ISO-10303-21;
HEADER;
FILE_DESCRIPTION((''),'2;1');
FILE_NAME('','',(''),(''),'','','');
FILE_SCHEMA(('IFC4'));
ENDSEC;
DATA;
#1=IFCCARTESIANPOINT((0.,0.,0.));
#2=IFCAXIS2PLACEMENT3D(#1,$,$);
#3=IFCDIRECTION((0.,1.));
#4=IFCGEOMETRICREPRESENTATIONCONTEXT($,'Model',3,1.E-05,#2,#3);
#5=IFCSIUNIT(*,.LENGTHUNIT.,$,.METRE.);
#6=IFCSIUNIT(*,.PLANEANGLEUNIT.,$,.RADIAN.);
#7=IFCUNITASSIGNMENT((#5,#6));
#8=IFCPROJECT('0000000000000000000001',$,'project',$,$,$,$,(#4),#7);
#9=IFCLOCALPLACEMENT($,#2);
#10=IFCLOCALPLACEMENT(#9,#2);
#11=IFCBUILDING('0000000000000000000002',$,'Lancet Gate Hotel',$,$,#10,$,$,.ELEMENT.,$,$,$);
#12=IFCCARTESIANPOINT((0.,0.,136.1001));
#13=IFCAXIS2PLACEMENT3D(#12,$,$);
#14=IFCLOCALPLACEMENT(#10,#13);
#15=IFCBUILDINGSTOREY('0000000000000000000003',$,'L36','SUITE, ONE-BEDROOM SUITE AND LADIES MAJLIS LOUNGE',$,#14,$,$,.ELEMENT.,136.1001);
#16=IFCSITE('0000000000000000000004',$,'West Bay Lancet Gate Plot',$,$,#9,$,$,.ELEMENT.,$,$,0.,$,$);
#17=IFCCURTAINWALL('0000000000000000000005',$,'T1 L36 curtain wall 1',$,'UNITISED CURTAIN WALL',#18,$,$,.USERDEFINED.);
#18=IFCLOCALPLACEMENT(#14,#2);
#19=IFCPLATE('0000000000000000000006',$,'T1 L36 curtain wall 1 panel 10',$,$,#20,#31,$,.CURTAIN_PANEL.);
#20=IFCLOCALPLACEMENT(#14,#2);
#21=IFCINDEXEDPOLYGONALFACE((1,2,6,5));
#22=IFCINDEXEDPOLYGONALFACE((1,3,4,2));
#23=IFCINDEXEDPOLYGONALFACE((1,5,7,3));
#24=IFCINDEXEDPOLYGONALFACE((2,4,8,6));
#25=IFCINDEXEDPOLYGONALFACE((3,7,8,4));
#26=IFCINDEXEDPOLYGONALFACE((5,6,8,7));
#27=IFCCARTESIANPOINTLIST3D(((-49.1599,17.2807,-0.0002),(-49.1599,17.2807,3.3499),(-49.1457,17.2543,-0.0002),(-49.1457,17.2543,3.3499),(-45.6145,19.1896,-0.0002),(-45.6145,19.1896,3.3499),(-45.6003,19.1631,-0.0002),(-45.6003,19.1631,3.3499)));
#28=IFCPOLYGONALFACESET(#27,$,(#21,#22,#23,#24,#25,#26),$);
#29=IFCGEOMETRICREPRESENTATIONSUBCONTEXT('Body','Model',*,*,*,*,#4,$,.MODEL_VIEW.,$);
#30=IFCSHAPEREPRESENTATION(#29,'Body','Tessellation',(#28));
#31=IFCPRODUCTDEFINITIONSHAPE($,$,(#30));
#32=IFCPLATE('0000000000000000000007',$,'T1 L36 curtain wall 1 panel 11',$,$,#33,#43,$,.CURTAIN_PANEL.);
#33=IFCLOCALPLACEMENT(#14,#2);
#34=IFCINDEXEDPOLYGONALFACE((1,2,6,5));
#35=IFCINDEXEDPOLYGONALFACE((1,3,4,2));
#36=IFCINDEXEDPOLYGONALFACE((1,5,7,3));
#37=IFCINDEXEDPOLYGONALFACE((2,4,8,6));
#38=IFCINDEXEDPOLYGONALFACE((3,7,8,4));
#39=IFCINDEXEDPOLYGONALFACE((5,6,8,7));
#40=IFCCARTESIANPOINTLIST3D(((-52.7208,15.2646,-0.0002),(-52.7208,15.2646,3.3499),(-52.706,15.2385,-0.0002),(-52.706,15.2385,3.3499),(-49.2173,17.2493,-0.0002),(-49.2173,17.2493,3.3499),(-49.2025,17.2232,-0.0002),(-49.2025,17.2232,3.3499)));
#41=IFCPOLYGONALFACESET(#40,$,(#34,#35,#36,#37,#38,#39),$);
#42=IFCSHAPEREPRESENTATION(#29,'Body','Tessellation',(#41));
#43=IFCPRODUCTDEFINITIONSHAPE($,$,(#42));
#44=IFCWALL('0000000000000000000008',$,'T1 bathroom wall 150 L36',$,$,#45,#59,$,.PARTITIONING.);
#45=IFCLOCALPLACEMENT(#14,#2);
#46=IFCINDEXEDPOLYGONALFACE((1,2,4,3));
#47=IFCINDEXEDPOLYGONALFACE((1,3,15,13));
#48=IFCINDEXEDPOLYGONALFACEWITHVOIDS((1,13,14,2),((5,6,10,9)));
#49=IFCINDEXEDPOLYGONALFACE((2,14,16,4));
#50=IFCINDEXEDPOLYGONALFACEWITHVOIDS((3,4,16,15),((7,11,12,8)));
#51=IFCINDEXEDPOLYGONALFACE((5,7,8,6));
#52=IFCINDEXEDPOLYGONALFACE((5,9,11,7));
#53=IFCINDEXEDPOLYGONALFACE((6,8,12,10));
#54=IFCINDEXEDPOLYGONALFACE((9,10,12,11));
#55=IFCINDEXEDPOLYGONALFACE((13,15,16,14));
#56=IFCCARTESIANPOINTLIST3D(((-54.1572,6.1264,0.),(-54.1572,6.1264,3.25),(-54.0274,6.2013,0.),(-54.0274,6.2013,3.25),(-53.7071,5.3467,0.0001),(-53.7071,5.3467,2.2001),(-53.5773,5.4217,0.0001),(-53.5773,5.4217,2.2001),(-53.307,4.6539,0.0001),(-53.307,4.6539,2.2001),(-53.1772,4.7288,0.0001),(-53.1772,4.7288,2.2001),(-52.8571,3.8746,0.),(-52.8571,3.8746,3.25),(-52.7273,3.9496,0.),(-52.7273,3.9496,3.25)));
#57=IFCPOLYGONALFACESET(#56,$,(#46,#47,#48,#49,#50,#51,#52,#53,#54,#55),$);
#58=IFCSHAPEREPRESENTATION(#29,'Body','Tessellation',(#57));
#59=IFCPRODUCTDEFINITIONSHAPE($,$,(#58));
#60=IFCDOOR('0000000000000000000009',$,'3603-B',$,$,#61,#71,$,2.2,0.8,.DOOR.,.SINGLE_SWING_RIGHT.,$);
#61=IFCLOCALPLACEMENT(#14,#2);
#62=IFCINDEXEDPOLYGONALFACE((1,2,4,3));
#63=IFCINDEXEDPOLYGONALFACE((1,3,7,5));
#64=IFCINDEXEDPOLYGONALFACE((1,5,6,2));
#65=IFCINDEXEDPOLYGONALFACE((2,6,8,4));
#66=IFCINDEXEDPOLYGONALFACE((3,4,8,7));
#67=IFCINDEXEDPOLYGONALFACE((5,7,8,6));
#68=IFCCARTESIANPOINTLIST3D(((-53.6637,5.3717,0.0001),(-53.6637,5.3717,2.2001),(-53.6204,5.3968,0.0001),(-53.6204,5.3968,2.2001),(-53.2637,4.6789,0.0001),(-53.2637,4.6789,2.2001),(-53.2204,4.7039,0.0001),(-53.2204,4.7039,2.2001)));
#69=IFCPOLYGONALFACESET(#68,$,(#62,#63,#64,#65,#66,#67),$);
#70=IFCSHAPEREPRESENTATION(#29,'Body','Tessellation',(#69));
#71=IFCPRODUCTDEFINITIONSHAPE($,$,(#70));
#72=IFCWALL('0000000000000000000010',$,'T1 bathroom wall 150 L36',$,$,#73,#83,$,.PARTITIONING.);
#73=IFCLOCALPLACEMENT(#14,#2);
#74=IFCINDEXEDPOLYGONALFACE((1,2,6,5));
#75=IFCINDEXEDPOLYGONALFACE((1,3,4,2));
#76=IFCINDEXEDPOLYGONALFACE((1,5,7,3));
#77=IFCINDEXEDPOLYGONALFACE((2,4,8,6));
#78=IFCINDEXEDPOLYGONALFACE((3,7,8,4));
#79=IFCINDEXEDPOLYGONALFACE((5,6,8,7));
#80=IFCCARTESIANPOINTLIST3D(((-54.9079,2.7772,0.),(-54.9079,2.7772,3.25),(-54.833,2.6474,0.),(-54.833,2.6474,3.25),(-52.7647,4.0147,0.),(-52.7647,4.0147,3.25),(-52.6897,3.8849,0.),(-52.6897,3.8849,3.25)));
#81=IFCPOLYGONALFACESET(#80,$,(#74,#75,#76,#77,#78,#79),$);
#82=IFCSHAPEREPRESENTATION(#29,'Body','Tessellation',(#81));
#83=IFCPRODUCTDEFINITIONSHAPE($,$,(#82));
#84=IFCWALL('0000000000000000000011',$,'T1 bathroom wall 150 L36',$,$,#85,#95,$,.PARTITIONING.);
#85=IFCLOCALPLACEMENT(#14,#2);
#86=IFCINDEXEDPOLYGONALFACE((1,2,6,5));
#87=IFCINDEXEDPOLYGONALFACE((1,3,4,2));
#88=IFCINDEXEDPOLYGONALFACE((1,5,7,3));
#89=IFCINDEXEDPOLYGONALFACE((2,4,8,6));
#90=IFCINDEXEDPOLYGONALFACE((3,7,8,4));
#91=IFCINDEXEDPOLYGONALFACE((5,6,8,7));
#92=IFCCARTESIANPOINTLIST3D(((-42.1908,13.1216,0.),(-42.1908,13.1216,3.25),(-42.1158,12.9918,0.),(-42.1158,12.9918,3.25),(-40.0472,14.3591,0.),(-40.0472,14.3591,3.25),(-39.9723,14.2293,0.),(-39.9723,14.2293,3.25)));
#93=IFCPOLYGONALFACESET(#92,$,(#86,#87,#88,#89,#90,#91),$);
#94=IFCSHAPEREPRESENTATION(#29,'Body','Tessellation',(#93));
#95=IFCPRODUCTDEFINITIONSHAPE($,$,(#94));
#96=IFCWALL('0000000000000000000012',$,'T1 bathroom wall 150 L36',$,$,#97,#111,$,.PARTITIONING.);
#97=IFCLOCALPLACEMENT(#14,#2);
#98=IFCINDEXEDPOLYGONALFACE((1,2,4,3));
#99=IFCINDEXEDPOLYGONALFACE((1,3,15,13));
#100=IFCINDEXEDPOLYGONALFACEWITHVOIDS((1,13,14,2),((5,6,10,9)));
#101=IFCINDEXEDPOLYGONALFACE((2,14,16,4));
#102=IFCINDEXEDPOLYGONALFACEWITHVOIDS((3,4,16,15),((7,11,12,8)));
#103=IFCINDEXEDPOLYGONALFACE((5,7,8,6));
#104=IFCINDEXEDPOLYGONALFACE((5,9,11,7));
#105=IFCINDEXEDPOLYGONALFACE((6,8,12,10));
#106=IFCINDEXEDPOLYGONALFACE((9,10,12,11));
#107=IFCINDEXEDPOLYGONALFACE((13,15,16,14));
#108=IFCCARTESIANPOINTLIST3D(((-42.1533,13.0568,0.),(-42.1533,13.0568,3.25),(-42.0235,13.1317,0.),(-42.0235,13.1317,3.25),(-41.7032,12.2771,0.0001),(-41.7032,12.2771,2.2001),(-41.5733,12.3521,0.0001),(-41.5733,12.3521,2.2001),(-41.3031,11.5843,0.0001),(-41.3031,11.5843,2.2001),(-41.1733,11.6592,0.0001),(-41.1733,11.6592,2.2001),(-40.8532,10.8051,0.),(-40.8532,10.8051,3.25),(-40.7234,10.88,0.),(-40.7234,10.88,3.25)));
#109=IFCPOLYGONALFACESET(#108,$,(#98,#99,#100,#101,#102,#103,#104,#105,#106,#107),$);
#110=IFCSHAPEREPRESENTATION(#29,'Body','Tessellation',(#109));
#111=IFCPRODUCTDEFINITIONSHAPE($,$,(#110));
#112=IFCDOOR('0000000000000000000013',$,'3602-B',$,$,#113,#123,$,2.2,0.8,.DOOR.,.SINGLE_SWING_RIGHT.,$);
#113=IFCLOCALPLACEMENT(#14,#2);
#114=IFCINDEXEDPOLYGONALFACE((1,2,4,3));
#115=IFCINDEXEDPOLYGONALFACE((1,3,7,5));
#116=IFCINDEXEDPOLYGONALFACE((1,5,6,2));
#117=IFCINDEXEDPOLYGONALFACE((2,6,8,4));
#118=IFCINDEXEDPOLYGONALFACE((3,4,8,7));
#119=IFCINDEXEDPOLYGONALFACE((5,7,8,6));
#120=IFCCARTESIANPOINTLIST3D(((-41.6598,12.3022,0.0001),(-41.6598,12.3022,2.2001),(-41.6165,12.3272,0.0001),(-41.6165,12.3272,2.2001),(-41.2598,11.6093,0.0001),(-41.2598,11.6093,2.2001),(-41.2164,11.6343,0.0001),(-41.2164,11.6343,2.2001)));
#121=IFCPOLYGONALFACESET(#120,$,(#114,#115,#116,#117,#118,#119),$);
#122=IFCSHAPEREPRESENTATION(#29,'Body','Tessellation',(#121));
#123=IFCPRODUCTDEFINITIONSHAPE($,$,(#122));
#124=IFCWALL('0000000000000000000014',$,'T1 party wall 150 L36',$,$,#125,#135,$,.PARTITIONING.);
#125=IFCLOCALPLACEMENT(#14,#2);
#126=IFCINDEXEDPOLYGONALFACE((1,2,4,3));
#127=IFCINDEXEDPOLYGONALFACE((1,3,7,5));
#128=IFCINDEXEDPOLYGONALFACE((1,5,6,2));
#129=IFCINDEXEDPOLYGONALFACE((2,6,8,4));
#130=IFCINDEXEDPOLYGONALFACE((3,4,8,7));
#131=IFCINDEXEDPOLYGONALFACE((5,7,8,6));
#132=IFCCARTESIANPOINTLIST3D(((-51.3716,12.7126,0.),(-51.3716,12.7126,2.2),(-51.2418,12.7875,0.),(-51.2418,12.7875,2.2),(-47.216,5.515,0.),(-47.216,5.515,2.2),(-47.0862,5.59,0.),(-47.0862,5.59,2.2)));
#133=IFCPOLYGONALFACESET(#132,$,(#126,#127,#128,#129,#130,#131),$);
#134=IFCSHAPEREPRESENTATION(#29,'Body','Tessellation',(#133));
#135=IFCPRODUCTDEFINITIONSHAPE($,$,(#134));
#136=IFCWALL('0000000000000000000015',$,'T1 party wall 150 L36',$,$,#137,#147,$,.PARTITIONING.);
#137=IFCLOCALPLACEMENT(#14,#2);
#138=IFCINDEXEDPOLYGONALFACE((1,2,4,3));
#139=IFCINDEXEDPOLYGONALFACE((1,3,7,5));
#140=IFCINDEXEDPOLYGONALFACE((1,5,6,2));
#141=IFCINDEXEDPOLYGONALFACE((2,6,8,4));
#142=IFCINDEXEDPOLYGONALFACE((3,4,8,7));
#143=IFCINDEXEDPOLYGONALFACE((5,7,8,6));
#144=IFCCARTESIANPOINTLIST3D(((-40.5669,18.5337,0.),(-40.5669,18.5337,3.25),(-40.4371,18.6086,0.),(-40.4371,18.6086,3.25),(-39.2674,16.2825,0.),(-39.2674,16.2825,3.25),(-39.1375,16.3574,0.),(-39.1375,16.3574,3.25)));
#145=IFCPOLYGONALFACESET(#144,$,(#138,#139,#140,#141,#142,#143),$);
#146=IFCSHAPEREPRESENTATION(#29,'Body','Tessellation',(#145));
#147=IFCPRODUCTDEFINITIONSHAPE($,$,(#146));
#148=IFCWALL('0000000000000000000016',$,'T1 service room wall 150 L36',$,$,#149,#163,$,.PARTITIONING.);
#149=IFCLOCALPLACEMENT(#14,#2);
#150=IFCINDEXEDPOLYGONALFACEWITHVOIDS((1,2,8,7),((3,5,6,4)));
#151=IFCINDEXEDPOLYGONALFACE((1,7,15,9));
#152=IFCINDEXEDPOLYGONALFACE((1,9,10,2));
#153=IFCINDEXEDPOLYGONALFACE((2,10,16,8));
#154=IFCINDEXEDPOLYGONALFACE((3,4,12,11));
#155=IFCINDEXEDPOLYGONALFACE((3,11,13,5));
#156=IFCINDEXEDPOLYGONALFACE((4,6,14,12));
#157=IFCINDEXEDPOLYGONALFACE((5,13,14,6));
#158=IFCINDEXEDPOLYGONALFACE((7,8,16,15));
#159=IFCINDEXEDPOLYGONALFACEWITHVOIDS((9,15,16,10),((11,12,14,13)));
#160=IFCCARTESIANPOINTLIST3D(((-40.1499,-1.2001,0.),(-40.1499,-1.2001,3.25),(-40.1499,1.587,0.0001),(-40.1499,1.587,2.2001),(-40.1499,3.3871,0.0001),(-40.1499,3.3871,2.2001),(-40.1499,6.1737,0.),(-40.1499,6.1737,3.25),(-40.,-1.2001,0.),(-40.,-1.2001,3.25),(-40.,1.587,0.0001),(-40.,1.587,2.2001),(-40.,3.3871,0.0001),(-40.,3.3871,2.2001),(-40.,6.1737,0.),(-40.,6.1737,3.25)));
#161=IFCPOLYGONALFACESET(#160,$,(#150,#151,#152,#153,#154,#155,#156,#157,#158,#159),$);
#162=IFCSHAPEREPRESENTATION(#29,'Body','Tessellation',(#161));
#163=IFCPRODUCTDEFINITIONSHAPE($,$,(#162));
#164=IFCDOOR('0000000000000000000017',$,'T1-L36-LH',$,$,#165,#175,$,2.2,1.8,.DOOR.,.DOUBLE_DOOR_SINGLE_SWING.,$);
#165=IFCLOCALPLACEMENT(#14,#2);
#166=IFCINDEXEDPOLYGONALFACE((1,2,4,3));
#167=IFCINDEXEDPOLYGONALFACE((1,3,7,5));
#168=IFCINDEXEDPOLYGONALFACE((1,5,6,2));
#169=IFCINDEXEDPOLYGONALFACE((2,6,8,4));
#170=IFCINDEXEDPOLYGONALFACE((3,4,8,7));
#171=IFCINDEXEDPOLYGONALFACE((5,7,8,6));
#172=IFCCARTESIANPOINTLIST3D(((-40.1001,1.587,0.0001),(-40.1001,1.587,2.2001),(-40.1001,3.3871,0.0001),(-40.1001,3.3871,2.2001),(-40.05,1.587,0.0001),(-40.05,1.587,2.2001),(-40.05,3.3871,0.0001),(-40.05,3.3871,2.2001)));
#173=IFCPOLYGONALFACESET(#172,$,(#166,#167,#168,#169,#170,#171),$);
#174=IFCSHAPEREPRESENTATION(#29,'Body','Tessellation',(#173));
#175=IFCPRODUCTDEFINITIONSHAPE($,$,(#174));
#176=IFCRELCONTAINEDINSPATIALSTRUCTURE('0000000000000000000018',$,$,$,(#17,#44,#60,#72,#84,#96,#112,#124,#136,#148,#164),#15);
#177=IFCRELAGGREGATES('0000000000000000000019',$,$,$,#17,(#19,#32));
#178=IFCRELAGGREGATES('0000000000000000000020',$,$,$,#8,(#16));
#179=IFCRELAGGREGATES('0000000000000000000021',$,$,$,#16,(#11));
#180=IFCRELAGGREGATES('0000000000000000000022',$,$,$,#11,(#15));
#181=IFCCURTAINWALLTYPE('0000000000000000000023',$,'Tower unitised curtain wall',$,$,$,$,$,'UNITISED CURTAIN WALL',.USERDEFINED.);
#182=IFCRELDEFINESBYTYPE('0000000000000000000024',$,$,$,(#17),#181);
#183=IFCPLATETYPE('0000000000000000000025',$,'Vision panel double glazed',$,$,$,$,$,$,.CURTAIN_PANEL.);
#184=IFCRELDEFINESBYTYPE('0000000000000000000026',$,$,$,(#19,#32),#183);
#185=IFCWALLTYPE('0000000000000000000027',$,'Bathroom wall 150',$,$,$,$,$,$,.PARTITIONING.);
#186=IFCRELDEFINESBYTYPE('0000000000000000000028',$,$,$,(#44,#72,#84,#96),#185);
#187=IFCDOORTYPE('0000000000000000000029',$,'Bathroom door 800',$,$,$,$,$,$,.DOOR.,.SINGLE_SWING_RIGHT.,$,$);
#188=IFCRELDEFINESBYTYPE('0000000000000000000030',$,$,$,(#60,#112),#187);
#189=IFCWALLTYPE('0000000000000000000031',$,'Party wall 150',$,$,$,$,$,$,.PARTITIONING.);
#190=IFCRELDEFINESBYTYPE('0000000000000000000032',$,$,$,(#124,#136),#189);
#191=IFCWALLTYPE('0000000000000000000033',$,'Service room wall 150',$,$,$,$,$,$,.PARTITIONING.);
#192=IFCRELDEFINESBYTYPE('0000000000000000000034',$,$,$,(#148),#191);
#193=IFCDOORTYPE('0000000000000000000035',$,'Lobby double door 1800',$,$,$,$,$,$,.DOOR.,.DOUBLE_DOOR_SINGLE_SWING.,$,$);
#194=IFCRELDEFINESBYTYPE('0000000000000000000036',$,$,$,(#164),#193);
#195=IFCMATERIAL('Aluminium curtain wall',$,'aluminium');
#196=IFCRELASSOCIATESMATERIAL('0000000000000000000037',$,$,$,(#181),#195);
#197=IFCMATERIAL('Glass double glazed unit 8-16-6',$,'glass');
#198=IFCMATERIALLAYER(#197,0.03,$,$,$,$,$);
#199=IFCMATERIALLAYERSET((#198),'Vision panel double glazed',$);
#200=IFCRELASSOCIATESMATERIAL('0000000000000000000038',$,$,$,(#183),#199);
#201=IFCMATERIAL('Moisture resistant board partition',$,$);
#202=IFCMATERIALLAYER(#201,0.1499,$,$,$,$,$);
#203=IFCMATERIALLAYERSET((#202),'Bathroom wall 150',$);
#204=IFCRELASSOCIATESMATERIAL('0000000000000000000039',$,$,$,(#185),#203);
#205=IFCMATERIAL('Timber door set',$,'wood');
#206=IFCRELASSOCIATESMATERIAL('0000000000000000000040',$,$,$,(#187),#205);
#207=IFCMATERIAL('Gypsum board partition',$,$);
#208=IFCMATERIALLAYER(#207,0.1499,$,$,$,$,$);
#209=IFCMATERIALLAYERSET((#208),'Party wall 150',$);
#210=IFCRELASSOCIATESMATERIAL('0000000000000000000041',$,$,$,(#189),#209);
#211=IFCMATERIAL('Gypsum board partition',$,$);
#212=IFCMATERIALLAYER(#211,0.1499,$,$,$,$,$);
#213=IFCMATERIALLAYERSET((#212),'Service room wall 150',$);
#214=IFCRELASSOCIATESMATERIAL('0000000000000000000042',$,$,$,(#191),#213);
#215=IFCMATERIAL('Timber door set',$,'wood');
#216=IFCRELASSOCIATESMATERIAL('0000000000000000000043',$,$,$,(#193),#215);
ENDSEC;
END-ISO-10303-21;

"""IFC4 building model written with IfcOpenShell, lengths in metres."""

from ifc_helpers import new_model, si_unit, direction, frame, frame_2d, origin, origin_2d, place, context, subcontext, project, spatial, rectangle, extrude, material, layer, layer_set, type_object, element, fill, aggregate, save


model = new_model("IFC4")

# Units and contexts
model_context = context("Model", 3, precision=1e-05, world=origin(), true_north=direction((0.0, 1.0)))
body_context = subcontext(model_context, "Body", "Model", "MODEL_VIEW")
ifc_project = project(units=[si_unit("LENGTHUNIT", "METRE"), si_unit("PLANEANGLEUNIT", "RADIAN")], contexts=[model_context])

# Site, building, storey
site_placement = place(None, origin())
site = spatial("IfcSite", under=ifc_project, at=site_placement, Name="West Bay Lancet Gate Plot", CompositionType="ELEMENT", RefElevation=0.0)
building_placement = place(site_placement, origin())
building = spatial("IfcBuilding", under=site, at=building_placement, Name="Lancet Gate Hotel", CompositionType="ELEMENT")
storey_placement = place(building_placement, frame((0.0, 0.0, 136.1001)))
storey = spatial("IfcBuildingStorey", under=building, at=storey_placement, Name="L36", Description="SUITE, ONE-BEDROOM SUITE AND LADIES MAJLIS LOUNGE", CompositionType="ELEMENT", Elevation=136.1001)

# Curtain wall
ifc_material_1 = material(Name="Aluminium curtain wall", Category="aluminium")
curtain_wall_type = type_object("IfcCurtainWallType", Name="Tower unitised curtain wall", ElementType="UNITISED CURTAIN WALL", PredefinedType="USERDEFINED", material=ifc_material_1)
curtain_wall_placement = place(storey_placement, origin())
curtain_wall = element("IfcCurtainWall", 1, at=curtain_wall_placement, inside=storey, type_object=curtain_wall_type, Name="T1 L36 curtain wall 1", ObjectType="UNITISED CURTAIN WALL", PredefinedType="USERDEFINED")

# Plates
ifc_material_2 = material(Name="Glass double glazed unit 8-16-6", Category="glass")
ifc_layer_1 = layer(ifc_material_2, 0.03)
ifc_layer_set_1 = layer_set([ifc_layer_1], Name="Vision panel double glazed")
plate_type = type_object("IfcPlateType", Name="Vision panel double glazed", PredefinedType="CURTAIN_PANEL", material=ifc_layer_set_1)
plate_1_placement = place(storey_placement, frame((-47.3801, 18.2219, -0.0002), z_axis=(0.0, 0.0, 1.0), x_axis=(-0.880493, -0.47406, 0.0)))
plate_1 = element("IfcPlate", 2, at=plate_1_placement, type_object=plate_type, Name="T1 L36 curtain wall 1 panel 10", PredefinedType="CURTAIN_PANEL", context=body_context, shape_type="SweptSolid", body=[
    extrude(rectangle(XDim=4.0266, YDim=0.03, at=origin_2d()), origin(), (0.0, 0.0, 1.0), 3.3501),
])
plate_2_placement = place(storey_placement, frame((-50.9617, 16.2439, -0.0002), z_axis=(0.0, 0.0, 1.0), x_axis=(-0.870084, -0.492904, 0.0)))
plate_2 = element("IfcPlate", 3, at=plate_2_placement, type_object=plate_type, Name="T1 L36 curtain wall 1 panel 11", PredefinedType="CURTAIN_PANEL", context=body_context, shape_type="SweptSolid", body=[
    extrude(rectangle(XDim=4.0266, YDim=0.03, at=origin_2d()), origin(), (0.0, 0.0, 1.0), 3.3501),
])
aggregate(curtain_wall, [plate_1, plate_2])

# Wall, opening, door
ifc_material_3 = material(Name="Moisture resistant board partition")
ifc_layer_2 = layer(ifc_material_3, 0.1499)
ifc_layer_set_2 = layer_set([ifc_layer_2], Name="Bathroom wall 150")
wall_type_1 = type_object("IfcWallType", Name="Bathroom wall 150", PredefinedType="PARTITIONING", material=ifc_layer_set_2)
wall_1_placement = place(storey_placement, frame((-52.7922, 3.9121, 0.0), z_axis=(0.0, 0.0, 1.0), x_axis=(-0.500007, 0.866021, 0.0)))
wall_1 = element("IfcWall", 4, at=wall_1_placement, inside=storey, type_object=wall_type_1, Name="T1 bathroom wall 150 L36", PredefinedType="PARTITIONING", context=body_context, shape_type="SweptSolid", body=[
    extrude(rectangle(XDim=2.6001, YDim=0.1499, at=frame_2d((1.3, 0.0))), origin(), (0.0, 0.0, 1.0), 3.25),
])
opening_1_placement = place(wall_1_placement, frame((0.8999, 0.0, 0.0)))
opening_1 = element("IfcOpeningElement", 5, at=opening_1_placement, cuts=wall_1, PredefinedType="OPENING", context=body_context, shape_type="SweptSolid", body=[
    extrude(rectangle(XDim=0.8, YDim=2.2, at=frame_2d((0.3999, 1.1001))), frame((0.0, 0.085, 0.0), z_axis=(0.0, -1.0, 0.0), x_axis=(1.0, 0.0, 0.0)), (0.0, 0.0, 1.0), 0.1699),
])
ifc_material_4 = material(Name="Timber door set", Category="wood")
door_type_1 = type_object("IfcDoorType", Name="Bathroom door 800", OperationType="SINGLE_SWING_RIGHT", PredefinedType="DOOR", material=ifc_material_4)
door_1_placement = place(opening_1_placement, origin())
door_1 = element("IfcDoor", 6, at=door_1_placement, inside=storey, type_object=door_type_1, Name="3603-B", OperationType="SINGLE_SWING_RIGHT", OverallHeight=2.2, OverallWidth=0.8, PredefinedType="DOOR", context=body_context, shape_type="SweptSolid", body=[
    extrude(rectangle(XDim=0.8, YDim=2.2, at=frame_2d((0.3999, 1.1001))), frame((0.0, 0.0249, 0.0), z_axis=(0.0, -1.0, 0.0), x_axis=(1.0, 0.0, 0.0)), (0.0, 0.0, 1.0), 0.05),
])
fill(opening_1, door_1)

# Walls
wall_2_placement = place(storey_placement, frame((-52.7273, 3.9497, 0.0), z_axis=(0.0, 0.0, 1.0), x_axis=(-0.866007, -0.500033, 0.0)))
element("IfcWall", 7, at=wall_2_placement, inside=storey, type_object=wall_type_1, Name="T1 bathroom wall 150 L36", PredefinedType="PARTITIONING", context=body_context, shape_type="SweptSolid", body=[
    extrude(rectangle(XDim=2.4749, YDim=0.1499, at=frame_2d((1.2373, 0.0))), origin(), (0.0, 0.0, 1.0), 3.25),
])
wall_3_placement = place(storey_placement, frame((-40.0098, 14.2942, 0.0), z_axis=(0.0, 0.0, 1.0), x_axis=(-0.866031, -0.49999, 0.0)))
element("IfcWall", 8, at=wall_3_placement, inside=storey, type_object=wall_type_1, Name="T1 bathroom wall 150 L36", PredefinedType="PARTITIONING", context=body_context, shape_type="SweptSolid", body=[
    extrude(rectangle(XDim=2.4751, YDim=0.1499, at=frame_2d((1.2375, 0.0))), origin(), (0.0, 0.0, 1.0), 3.25),
])

# Wall, opening, door
wall_4_placement = place(storey_placement, frame((-40.7883, 10.8425, 0.0), z_axis=(0.0, 0.0, 1.0), x_axis=(-0.500007, 0.866021, 0.0)))
wall_4 = element("IfcWall", 9, at=wall_4_placement, inside=storey, type_object=wall_type_1, Name="T1 bathroom wall 150 L36", PredefinedType="PARTITIONING", context=body_context, shape_type="SweptSolid", body=[
    extrude(rectangle(XDim=2.6001, YDim=0.1499, at=frame_2d((1.3, 0.0))), origin(), (0.0, 0.0, 1.0), 3.25),
])
opening_2_placement = place(wall_4_placement, frame((0.8999, 0.0, 0.0)))
opening_2 = element("IfcOpeningElement", 10, at=opening_2_placement, cuts=wall_4, PredefinedType="OPENING", context=body_context, shape_type="SweptSolid", body=[
    extrude(rectangle(XDim=0.8, YDim=2.2, at=frame_2d((0.3999, 1.1001))), frame((0.0, 0.085, 0.0), z_axis=(0.0, -1.0, 0.0), x_axis=(1.0, 0.0, 0.0)), (0.0, 0.0, 1.0), 0.1699),
])
door_2_placement = place(opening_2_placement, origin())
door_2 = element("IfcDoor", 11, at=door_2_placement, inside=storey, type_object=door_type_1, Name="3602-B", OperationType="SINGLE_SWING_RIGHT", OverallHeight=2.2, OverallWidth=0.8, PredefinedType="DOOR", context=body_context, shape_type="SweptSolid", body=[
    extrude(rectangle(XDim=0.8, YDim=2.2, at=frame_2d((0.3999, 1.1001))), frame((0.0, 0.0249, 0.0), z_axis=(0.0, -1.0, 0.0), x_axis=(1.0, 0.0, 0.0)), (0.0, 0.0, 1.0), 0.05),
])
fill(opening_2, door_2)

# Walls
ifc_material_5 = material(Name="Gypsum board partition")
ifc_layer_3 = layer(ifc_material_5, 0.1499)
ifc_layer_set_3 = layer_set([ifc_layer_3], Name="Party wall 150")
wall_type_2 = type_object("IfcWallType", Name="Party wall 150", PredefinedType="PARTITIONING", material=ifc_layer_set_3)
wall_5_placement = place(storey_placement, frame((-47.1511, 5.5525, 0.0), z_axis=(0.0, 0.0, 1.0), x_axis=(-0.500003, 0.866024, 0.0)))
element("IfcWall", 12, at=wall_5_placement, inside=storey, type_object=wall_type_2, Name="T1 party wall 150 L36", PredefinedType="PARTITIONING", context=body_context, shape_type="SweptSolid", body=[
    extrude(rectangle(XDim=8.311, YDim=0.1499, at=frame_2d((4.1555, 0.0))), origin(), (0.0, 0.0, 1.0), 2.2),
])
wall_6_placement = place(storey_placement, frame((-39.2024, 16.3198, 0.0), z_axis=(0.0, 0.0, 1.0), x_axis=(-0.499947, 0.866056, 0.0)))
element("IfcWall", 13, at=wall_6_placement, inside=storey, type_object=wall_type_2, Name="T1 party wall 150 L36", PredefinedType="PARTITIONING", context=body_context, shape_type="SweptSolid", body=[
    extrude(rectangle(XDim=2.5994, YDim=0.1499, at=frame_2d((1.2998, 0.0))), origin(), (0.0, 0.0, 1.0), 3.25),
])

# Wall, opening, door
ifc_material_6 = material(Name="Gypsum board partition")
ifc_layer_4 = layer(ifc_material_6, 0.1499)
ifc_layer_set_4 = layer_set([ifc_layer_4], Name="Service room wall 150")
wall_type_3 = type_object("IfcWallType", Name="Service room wall 150", PredefinedType="PARTITIONING", material=ifc_layer_set_4)
wall_7_placement = place(storey_placement, frame((-40.075, 6.1738, 0.0), z_axis=(0.0, 0.0, 1.0), x_axis=(0.0, -1.0, 0.0)))
wall_7 = element("IfcWall", 14, at=wall_7_placement, inside=storey, type_object=wall_type_3, Name="T1 service room wall 150 L36", PredefinedType="PARTITIONING", context=body_context, shape_type="SweptSolid", body=[
    extrude(rectangle(XDim=7.3738, YDim=0.1499, at=frame_2d((3.687, 0.0))), origin(), (0.0, 0.0, 1.0), 3.25),
])
opening_3_placement = place(wall_7_placement, frame((2.7869, 0.0, 0.0)))
opening_3 = element("IfcOpeningElement", 15, at=opening_3_placement, cuts=wall_7, PredefinedType="OPENING", context=body_context, shape_type="SweptSolid", body=[
    extrude(rectangle(XDim=1.8, YDim=2.2, at=frame_2d((0.8999, 1.1001))), frame((0.0, 0.085, 0.0), z_axis=(0.0, -1.0, 0.0), x_axis=(1.0, 0.0, 0.0)), (0.0, 0.0, 1.0), 0.1699),
])
ifc_material_7 = material(Name="Timber door set", Category="wood")
door_type_2 = type_object("IfcDoorType", Name="Lobby double door 1800", OperationType="DOUBLE_DOOR_SINGLE_SWING", PredefinedType="DOOR", material=ifc_material_7)
door_3_placement = place(opening_3_placement, origin())
door_3 = element("IfcDoor", 16, at=door_3_placement, inside=storey, type_object=door_type_2, Name="T1-L36-LH", OperationType="DOUBLE_DOOR_SINGLE_SWING", OverallHeight=2.2, OverallWidth=1.8, PredefinedType="DOOR", context=body_context, shape_type="SweptSolid", body=[
    extrude(rectangle(XDim=1.8, YDim=2.2, at=frame_2d((0.8999, 1.1001))), frame((0.0, 0.0249, 0.0), z_axis=(0.0, -1.0, 0.0), x_axis=(1.0, 0.0, 0.0)), (0.0, 0.0, 1.0), 0.05),
])
fill(opening_3, door_3)

save(model, "model.ifc")
